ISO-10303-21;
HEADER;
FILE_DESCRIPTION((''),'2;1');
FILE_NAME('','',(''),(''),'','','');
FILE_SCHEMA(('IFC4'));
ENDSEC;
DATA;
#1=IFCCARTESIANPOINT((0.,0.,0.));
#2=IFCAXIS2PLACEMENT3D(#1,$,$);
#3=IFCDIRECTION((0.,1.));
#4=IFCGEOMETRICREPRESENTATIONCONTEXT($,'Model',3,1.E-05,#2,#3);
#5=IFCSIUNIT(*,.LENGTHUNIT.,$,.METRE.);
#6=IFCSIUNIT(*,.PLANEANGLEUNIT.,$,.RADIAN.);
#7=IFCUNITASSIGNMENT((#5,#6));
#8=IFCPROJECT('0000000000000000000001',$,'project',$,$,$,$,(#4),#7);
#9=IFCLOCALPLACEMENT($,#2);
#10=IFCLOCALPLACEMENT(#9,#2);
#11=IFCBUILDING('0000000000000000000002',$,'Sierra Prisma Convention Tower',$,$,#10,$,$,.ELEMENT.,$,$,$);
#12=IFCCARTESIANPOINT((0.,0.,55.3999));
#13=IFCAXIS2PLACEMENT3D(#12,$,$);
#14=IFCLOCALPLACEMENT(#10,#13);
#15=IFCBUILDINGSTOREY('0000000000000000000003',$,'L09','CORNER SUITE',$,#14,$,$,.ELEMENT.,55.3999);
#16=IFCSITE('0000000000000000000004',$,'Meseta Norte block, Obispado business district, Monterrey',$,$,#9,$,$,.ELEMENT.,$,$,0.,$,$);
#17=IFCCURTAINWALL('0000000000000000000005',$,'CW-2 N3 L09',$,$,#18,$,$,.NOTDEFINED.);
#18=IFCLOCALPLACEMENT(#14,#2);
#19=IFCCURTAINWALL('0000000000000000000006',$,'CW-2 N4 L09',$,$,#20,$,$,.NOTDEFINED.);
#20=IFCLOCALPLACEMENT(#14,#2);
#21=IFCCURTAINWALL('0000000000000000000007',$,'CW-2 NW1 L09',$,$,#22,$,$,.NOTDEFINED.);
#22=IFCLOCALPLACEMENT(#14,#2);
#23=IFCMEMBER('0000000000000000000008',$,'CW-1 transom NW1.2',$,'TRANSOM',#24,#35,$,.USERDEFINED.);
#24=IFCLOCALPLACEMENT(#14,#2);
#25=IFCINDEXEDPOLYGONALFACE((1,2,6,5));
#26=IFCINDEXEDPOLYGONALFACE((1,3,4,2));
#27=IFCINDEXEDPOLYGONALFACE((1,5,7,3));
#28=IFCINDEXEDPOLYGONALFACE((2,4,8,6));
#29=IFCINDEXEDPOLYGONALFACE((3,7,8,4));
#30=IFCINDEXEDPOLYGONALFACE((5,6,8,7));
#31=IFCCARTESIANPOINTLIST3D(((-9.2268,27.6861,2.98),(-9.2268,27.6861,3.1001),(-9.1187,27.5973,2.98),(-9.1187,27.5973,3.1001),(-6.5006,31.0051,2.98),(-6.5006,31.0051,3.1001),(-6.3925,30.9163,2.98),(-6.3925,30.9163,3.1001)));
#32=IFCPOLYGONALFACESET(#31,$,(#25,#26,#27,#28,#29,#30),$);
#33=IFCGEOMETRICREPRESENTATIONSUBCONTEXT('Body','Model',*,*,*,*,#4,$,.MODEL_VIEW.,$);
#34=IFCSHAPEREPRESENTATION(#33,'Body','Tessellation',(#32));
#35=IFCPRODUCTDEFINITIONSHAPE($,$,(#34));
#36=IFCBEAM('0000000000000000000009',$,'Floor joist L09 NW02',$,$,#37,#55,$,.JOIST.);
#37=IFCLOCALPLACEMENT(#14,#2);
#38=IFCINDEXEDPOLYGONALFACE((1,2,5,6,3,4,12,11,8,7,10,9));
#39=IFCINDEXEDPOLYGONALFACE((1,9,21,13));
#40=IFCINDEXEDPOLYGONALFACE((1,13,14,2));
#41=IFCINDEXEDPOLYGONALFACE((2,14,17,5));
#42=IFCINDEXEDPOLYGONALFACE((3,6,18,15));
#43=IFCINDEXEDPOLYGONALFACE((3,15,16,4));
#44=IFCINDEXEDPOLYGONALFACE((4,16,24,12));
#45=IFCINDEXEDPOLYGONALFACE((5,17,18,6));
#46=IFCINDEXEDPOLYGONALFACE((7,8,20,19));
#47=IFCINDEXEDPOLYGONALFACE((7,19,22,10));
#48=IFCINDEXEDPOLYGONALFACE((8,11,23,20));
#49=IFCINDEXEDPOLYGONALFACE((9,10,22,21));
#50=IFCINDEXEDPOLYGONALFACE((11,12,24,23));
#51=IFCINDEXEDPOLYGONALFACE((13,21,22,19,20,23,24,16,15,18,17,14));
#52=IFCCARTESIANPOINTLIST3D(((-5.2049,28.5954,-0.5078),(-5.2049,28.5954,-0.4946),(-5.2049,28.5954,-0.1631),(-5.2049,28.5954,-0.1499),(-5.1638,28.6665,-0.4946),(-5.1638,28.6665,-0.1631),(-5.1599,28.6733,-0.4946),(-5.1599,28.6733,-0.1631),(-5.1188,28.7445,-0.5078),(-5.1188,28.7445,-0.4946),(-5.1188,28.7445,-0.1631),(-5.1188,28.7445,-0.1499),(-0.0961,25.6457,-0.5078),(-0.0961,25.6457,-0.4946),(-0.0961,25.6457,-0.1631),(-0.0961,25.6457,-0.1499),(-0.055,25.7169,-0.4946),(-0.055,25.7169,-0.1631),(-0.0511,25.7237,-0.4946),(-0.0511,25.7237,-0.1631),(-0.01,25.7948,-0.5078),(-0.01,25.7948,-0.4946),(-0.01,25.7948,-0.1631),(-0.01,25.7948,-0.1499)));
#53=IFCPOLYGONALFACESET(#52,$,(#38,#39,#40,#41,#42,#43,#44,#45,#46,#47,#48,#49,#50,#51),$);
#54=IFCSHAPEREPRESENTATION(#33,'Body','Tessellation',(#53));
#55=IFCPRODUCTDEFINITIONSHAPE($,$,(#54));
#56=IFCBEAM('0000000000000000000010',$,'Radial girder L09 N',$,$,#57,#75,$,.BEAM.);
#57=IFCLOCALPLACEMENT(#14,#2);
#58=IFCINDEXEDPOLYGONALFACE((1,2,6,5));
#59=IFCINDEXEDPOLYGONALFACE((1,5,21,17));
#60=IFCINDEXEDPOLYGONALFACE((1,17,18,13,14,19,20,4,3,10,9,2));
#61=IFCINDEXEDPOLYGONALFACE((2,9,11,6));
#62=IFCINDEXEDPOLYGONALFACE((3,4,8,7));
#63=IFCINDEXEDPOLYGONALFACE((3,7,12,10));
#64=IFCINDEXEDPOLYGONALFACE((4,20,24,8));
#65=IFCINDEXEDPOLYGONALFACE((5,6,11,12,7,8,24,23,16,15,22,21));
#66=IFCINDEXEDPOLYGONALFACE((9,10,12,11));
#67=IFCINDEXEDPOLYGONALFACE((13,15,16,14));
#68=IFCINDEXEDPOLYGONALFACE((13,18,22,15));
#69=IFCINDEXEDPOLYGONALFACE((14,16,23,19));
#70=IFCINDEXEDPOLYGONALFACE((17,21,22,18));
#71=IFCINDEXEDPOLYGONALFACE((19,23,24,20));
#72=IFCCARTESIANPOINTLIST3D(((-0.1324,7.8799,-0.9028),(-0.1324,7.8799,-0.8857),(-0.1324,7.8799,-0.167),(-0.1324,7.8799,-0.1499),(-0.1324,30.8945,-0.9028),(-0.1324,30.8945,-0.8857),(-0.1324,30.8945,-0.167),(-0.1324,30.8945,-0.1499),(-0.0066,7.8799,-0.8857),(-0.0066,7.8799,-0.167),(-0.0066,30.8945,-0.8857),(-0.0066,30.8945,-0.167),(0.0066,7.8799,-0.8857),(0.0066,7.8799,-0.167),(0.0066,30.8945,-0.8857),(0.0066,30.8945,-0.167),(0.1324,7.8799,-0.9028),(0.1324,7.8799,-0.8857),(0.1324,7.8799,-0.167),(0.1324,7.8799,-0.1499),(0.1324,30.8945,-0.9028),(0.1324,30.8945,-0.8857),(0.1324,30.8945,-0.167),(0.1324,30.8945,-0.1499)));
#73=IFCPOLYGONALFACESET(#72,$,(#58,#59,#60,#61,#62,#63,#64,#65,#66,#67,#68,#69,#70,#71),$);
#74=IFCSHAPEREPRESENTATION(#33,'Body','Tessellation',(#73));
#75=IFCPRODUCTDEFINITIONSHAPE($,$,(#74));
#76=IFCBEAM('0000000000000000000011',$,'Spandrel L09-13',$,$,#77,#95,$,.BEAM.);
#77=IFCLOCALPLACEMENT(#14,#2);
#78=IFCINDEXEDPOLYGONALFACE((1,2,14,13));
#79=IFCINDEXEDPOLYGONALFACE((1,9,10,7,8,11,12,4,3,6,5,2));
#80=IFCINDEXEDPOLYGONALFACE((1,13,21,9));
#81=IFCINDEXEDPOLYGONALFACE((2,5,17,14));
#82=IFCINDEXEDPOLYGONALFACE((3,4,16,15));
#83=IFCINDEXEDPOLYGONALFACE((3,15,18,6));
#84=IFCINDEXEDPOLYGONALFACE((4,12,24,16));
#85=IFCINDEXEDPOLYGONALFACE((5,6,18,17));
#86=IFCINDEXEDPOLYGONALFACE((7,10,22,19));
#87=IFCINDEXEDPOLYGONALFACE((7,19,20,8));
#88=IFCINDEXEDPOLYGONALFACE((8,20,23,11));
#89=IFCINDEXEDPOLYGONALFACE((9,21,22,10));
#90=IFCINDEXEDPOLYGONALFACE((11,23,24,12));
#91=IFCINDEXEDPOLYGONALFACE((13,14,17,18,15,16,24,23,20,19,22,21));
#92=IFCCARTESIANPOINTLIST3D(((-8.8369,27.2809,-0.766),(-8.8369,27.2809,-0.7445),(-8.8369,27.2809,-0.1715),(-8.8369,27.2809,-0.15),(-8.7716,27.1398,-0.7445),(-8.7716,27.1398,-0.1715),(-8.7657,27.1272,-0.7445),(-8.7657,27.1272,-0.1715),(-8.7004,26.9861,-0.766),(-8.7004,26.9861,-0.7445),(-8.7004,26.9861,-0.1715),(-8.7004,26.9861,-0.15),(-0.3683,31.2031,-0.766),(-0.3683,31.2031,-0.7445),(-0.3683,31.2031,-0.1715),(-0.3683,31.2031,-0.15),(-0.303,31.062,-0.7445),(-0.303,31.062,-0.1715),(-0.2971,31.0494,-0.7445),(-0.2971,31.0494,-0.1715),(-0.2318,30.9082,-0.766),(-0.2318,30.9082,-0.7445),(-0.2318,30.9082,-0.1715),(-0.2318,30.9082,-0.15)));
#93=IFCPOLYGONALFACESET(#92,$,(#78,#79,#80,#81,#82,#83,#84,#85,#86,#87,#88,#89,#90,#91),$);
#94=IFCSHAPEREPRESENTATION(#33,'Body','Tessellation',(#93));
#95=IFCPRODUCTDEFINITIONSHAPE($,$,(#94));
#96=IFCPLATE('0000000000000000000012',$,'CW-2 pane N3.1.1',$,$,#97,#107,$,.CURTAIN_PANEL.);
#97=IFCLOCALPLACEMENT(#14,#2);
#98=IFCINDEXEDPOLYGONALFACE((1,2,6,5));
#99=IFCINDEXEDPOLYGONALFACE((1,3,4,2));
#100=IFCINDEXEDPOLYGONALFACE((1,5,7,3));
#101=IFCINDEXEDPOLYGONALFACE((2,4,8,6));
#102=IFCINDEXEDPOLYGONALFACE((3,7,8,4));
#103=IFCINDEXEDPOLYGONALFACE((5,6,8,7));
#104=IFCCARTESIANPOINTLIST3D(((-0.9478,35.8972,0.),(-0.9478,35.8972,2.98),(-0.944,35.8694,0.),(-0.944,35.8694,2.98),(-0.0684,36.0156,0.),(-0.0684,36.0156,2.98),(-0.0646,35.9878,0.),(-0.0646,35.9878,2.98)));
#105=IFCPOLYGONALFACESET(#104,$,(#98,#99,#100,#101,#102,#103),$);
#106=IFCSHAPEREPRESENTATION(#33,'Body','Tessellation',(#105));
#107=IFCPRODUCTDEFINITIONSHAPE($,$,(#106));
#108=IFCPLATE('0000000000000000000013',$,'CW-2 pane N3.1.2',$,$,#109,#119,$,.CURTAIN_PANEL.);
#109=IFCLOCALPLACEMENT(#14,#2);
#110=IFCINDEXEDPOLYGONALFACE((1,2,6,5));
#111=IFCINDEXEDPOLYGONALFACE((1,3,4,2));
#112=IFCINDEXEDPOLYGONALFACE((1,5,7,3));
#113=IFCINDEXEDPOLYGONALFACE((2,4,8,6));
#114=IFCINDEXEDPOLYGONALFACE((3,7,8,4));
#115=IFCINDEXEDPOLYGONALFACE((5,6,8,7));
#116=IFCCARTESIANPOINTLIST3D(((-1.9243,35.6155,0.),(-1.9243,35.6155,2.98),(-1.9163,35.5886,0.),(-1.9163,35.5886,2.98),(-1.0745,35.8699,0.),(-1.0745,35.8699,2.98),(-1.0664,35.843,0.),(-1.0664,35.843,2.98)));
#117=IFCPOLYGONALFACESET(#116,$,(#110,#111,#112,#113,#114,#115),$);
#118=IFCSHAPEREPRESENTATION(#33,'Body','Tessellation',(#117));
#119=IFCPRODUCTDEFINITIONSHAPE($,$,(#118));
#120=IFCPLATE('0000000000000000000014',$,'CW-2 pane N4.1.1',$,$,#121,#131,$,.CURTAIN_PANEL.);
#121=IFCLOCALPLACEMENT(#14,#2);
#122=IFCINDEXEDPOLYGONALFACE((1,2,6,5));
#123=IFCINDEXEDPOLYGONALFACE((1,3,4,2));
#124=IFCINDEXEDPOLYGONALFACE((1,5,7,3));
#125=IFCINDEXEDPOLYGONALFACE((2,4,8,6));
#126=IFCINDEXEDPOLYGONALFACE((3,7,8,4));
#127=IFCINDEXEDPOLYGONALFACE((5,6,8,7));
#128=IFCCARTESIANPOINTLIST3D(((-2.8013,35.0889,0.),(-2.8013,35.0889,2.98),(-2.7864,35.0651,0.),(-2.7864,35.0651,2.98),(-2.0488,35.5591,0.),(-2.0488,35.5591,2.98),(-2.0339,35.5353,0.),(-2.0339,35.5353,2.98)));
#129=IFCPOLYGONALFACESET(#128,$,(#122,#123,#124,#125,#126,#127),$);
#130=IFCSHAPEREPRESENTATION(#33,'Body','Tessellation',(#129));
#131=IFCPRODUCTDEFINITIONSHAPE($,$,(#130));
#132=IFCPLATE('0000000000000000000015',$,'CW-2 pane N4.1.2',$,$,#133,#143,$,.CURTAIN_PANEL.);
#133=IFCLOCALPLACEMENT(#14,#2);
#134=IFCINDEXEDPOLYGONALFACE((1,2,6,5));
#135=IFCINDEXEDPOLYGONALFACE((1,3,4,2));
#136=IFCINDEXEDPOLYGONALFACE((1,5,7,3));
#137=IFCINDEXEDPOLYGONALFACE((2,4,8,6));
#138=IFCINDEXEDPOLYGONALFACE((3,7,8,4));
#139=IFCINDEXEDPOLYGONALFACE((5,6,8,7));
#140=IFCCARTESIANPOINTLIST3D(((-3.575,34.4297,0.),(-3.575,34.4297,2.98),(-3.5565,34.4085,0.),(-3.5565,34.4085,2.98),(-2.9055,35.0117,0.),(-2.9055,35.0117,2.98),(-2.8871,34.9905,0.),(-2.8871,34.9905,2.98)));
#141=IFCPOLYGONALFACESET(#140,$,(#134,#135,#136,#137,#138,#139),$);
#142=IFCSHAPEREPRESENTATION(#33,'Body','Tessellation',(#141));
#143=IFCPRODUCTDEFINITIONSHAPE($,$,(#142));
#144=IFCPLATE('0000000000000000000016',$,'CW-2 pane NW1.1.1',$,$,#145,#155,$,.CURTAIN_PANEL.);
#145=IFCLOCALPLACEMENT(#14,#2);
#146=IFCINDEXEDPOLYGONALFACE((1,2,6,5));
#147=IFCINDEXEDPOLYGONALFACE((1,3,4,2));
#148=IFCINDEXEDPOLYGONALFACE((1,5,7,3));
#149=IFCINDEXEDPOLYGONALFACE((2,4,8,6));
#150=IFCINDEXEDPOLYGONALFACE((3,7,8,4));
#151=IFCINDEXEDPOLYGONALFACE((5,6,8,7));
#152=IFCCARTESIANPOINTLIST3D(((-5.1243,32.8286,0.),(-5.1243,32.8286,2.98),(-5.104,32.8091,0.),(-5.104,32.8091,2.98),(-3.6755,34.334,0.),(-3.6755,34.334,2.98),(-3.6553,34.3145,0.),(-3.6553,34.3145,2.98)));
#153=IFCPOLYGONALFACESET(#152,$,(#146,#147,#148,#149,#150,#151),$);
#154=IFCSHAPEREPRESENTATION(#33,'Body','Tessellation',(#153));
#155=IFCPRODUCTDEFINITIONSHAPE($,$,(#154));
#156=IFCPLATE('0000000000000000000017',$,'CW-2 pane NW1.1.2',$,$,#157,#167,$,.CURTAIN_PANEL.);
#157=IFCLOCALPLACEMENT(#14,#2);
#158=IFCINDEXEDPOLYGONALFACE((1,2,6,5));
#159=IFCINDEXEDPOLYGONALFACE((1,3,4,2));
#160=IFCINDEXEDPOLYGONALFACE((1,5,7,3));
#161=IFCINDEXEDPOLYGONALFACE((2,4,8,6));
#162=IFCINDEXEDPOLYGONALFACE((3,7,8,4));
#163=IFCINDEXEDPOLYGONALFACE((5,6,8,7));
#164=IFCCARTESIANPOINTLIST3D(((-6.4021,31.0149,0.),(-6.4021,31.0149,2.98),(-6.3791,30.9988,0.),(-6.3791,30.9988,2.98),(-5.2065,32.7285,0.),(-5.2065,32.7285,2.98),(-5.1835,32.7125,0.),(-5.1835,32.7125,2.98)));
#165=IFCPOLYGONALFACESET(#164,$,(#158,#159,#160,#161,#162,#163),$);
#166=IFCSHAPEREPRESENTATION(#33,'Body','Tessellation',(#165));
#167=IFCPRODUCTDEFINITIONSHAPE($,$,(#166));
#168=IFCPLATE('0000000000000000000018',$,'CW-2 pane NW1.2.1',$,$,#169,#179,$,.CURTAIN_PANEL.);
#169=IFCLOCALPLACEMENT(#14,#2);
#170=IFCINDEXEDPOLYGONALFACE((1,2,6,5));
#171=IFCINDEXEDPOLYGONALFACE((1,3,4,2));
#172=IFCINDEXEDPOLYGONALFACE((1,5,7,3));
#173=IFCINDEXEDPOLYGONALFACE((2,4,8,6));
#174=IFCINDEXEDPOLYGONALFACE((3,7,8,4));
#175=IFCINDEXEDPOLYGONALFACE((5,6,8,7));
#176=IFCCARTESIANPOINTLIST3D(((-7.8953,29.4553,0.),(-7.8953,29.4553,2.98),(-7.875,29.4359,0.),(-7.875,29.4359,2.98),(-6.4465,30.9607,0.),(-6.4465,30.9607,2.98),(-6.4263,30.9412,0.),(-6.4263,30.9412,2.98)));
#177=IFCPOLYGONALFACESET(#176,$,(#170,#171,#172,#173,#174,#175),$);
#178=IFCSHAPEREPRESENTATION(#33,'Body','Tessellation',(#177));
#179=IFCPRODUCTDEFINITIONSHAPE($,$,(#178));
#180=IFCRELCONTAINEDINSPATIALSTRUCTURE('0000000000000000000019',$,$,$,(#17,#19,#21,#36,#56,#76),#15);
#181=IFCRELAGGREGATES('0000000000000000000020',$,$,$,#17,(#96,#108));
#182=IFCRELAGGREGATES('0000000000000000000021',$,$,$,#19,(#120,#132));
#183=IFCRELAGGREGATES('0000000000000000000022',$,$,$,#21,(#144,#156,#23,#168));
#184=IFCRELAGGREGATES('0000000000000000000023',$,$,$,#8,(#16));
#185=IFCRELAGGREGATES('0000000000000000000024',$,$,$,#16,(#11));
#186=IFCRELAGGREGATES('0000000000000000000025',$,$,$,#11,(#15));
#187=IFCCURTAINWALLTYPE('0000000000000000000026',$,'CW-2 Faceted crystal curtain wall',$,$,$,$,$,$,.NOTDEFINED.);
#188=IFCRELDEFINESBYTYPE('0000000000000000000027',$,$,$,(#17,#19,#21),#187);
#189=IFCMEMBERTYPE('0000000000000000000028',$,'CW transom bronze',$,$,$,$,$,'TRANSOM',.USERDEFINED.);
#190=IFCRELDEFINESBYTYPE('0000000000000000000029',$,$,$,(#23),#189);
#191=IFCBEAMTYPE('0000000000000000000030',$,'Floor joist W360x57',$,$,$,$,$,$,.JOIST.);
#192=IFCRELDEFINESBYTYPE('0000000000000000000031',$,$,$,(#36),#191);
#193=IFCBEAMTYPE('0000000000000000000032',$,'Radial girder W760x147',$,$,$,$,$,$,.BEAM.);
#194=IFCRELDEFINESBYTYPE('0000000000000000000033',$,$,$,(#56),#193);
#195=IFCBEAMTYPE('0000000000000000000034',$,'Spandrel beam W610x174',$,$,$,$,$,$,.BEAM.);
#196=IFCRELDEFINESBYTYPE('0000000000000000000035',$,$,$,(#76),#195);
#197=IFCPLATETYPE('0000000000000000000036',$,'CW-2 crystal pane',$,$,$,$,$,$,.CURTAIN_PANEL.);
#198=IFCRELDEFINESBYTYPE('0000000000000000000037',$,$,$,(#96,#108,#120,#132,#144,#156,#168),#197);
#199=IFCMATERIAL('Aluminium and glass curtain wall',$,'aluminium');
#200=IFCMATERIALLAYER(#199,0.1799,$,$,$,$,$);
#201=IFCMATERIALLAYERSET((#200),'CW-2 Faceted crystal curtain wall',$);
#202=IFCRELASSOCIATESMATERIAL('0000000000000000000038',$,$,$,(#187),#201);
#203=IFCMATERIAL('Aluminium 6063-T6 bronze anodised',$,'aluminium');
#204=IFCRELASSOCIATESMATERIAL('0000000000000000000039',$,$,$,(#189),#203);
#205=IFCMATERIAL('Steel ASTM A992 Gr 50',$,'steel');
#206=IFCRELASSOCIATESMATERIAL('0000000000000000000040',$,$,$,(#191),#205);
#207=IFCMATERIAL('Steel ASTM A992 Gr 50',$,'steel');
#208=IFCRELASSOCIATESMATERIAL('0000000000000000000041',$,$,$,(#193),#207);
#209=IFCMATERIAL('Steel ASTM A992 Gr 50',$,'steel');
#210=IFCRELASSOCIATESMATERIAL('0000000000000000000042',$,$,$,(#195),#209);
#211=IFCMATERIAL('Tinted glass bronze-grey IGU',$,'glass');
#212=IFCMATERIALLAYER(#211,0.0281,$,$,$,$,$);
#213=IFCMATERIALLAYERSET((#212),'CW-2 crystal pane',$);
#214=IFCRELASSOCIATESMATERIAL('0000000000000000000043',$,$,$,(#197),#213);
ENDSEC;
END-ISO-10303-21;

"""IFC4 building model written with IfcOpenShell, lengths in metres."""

from ifc_helpers import new_model, si_unit, direction, frame, origin, origin_2d, place, context, subcontext, project, spatial, polyline, rectangle, i_section, outline, extrude, material, layer, layer_set, material_profile, profile_set, type_object, element, aggregate, save


model = new_model("IFC4")

# Units and contexts
model_context = context("Model", 3, precision=1e-05, world=origin(), true_north=direction((0.0, 1.0)))
body_context = subcontext(model_context, "Body", "Model", "MODEL_VIEW")
ifc_project = project(units=[si_unit("LENGTHUNIT", "METRE"), si_unit("PLANEANGLEUNIT", "RADIAN")], contexts=[model_context])

# Site, building, storey
site_placement = place(None, origin())
site = spatial("IfcSite", under=ifc_project, at=site_placement, Name="Meseta Norte block, Obispado business district, Monterrey", CompositionType="ELEMENT", RefElevation=0.0)
building_placement = place(site_placement, origin())
building = spatial("IfcBuilding", under=site, at=building_placement, Name="Sierra Prisma Convention Tower", CompositionType="ELEMENT")
storey_placement = place(building_placement, frame((0.0, 0.0, 55.3999)))
storey = spatial("IfcBuildingStorey", under=building, at=storey_placement, Name="L09", Description="CORNER SUITE", CompositionType="ELEMENT", Elevation=55.3999)

# Curtain walls
ifc_material_1 = material(Name="Aluminium and glass curtain wall", Category="aluminium")
ifc_layer_1 = layer(ifc_material_1, 0.1799)
ifc_layer_set_1 = layer_set([ifc_layer_1], Name="CW-2 Faceted crystal curtain wall")
curtain_wall_type = type_object("IfcCurtainWallType", Name="CW-2 Faceted crystal curtain wall", PredefinedType="NOTDEFINED", material=ifc_layer_set_1)
curtain_wall_1_placement = place(storey_placement, origin())
curtain_wall_1 = element("IfcCurtainWall", 1, at=curtain_wall_1_placement, inside=storey, type_object=curtain_wall_type, Name="CW-2 N3 L09", PredefinedType="NOTDEFINED")
curtain_wall_2_placement = place(storey_placement, origin())
curtain_wall_2 = element("IfcCurtainWall", 2, at=curtain_wall_2_placement, inside=storey, type_object=curtain_wall_type, Name="CW-2 N4 L09", PredefinedType="NOTDEFINED")

# Curtain wall
curtain_wall_3_placement = place(storey_placement, origin())
curtain_wall_3 = element("IfcCurtainWall", 3, at=curtain_wall_3_placement, inside=storey, type_object=curtain_wall_type, Name="CW-2 NW1 L09", PredefinedType="NOTDEFINED")

# Member
ifc_material_2 = material(Name="Aluminium 6063-T6 bronze anodised", Category="aluminium")
ifc_material_profile_1 = material_profile(ifc_material_2, rectangle(XDim=0.1399, YDim=0.1201, at=origin_2d()), Name="ALU TRANSOM 120x140")
ifc_profile_set_1 = profile_set([ifc_material_profile_1], Name="Aluminium 6063-T6 bronze anodised")
member_type_1 = type_object("IfcMemberType", Name="CW transom bronze", ElementType="TRANSOM", PredefinedType="USERDEFINED", material=ifc_profile_set_1)
member_1_placement = place(storey_placement, frame((-6.4465, 30.9607, 3.04), z_axis=(-0.634729, -0.772735, 0.0), x_axis=(0.772735, -0.634729, 0.0)))
member_1 = element("IfcMember", 4, at=member_1_placement, type_object=member_type_1, Name="CW-1 transom NW1.2", ObjectType="TRANSOM", PredefinedType="USERDEFINED", context=body_context, shape_type="SweptSolid", body=[
    extrude(rectangle(XDim=0.1399, YDim=0.1201, at=origin_2d()), origin(), (0.0, 0.0, 1.0), 4.2952),
])

# Beams
ifc_material_3 = material(Name="Steel ASTM A992 Gr 50", Category="steel")
ifc_material_profile_2 = material_profile(ifc_material_3, i_section(OverallWidth=0.1721, OverallDepth=0.3579, WebThickness=0.0078, FlangeThickness=0.0132, at=origin_2d()), Name="W360x57")
ifc_profile_set_2 = profile_set([ifc_material_profile_2], Name="Steel ASTM A992 Gr 50")
beam_type_1 = type_object("IfcBeamType", Name="Floor joist W360x57", PredefinedType="JOIST", material=ifc_profile_set_2)
beam_1_placement = place(storey_placement, frame((-5.1619, 28.6699, -0.3289), z_axis=(0.866019, -0.500011, 0.0), x_axis=(0.500011, 0.866019, 0.0)))
element("IfcBeam", 5, at=beam_1_placement, inside=storey, type_object=beam_type_1, Name="Floor joist L09 NW02", PredefinedType="JOIST", context=body_context, shape_type="SweptSolid", body=[
    extrude(i_section(OverallWidth=0.1721, OverallDepth=0.3579, WebThickness=0.0078, FlangeThickness=0.0132, at=origin_2d()), origin(), (0.0, 0.0, 1.0), 5.8992),
])
ifc_material_4 = material(Name="Steel ASTM A992 Gr 50", Category="steel")
ifc_material_profile_3 = material_profile(ifc_material_4, i_section(OverallWidth=0.2649, OverallDepth=0.7529, WebThickness=0.0132, FlangeThickness=0.0171, at=origin_2d()), Name="W760x147")
ifc_profile_set_3 = profile_set([ifc_material_profile_3], Name="Steel ASTM A992 Gr 50")
beam_type_2 = type_object("IfcBeamType", Name="Radial girder W760x147", PredefinedType="BEAM", material=ifc_profile_set_3)
beam_2_placement = place(storey_placement, frame((0.0, 30.8945, -0.5264), z_axis=(0.0, -1.0, 0.0), x_axis=(1.0, 0.0, 0.0)))
element("IfcBeam", 6, at=beam_2_placement, inside=storey, type_object=beam_type_2, Name="Radial girder L09 N", PredefinedType="BEAM", context=body_context, shape_type="SweptSolid", body=[
    extrude(i_section(OverallWidth=0.2649, OverallDepth=0.7529, WebThickness=0.0132, FlangeThickness=0.0171, at=origin_2d()), origin(), (0.0, 0.0, 1.0), 23.0146),
])
ifc_material_5 = material(Name="Steel ASTM A992 Gr 50", Category="steel")
ifc_material_profile_4 = material_profile(ifc_material_5, i_section(OverallWidth=0.325, OverallDepth=0.616, WebThickness=0.0139, FlangeThickness=0.0215, at=origin_2d()), Name="W610x174")
ifc_profile_set_4 = profile_set([ifc_material_profile_4], Name="Steel ASTM A992 Gr 50")
beam_type_3 = type_object("IfcBeamType", Name="Spandrel beam W610x174", PredefinedType="BEAM", material=ifc_profile_set_4)
beam_3_placement = place(storey_placement, frame((-0.3, 31.0557, -0.458), z_axis=(-0.907405, -0.420257, 0.0), x_axis=(0.420257, -0.907405, 0.0)))
element("IfcBeam", 7, at=beam_3_placement, inside=storey, type_object=beam_type_3, Name="Spandrel L09-13", PredefinedType="BEAM", context=body_context, shape_type="SweptSolid", body=[
    extrude(i_section(OverallWidth=0.325, OverallDepth=0.616, WebThickness=0.0139, FlangeThickness=0.0215, at=origin_2d()), origin(), (0.0, 0.0, 1.0), 9.3328),
])

# Plates
ifc_material_6 = material(Name="Tinted glass bronze-grey IGU", Category="glass")
ifc_layer_2 = layer(ifc_material_6, 0.0281)
ifc_layer_set_2 = layer_set([ifc_layer_2], Name="CW-2 crystal pane")
plate_type = type_object("IfcPlateType", Name="CW-2 crystal pane", PredefinedType="CURTAIN_PANEL", material=ifc_layer_set_2)
plate_1_placement = place(storey_placement, frame((-0.0684, 36.0156, 0.0), z_axis=(-0.133443, 0.991056, 0.0), x_axis=(-0.991056, -0.133443, 0.0)))
plate_1 = element("IfcPlate", 8, at=plate_1_placement, type_object=plate_type, Name="CW-2 pane N3.1.1", PredefinedType="CURTAIN_PANEL", context=body_context, shape_type="SweptSolid", body=[
    extrude(outline(polyline([(0.0, 0.0), (0.8873, 0.0), (0.8873, 2.98), (0.0, 2.98), (0.0, 0.0)])), origin(), (0.0, 0.0, -1.0), 0.0281),
])
plate_2_placement = place(storey_placement, frame((-1.9243, 35.6155, 0.0), z_axis=(-0.286767, 0.958, 0.0), x_axis=(0.958, 0.286767, 0.0)))
plate_2 = element("IfcPlate", 9, at=plate_2_placement, type_object=plate_type, Name="CW-2 pane N3.1.2", PredefinedType="CURTAIN_PANEL", context=body_context, shape_type="SweptSolid", body=[
    extrude(outline(polyline([(0.0, 0.0), (0.8871, 0.0), (0.8871, -2.98), (0.0, -2.98), (0.0, 0.0)])), origin(), (0.0, 0.0, -1.0), 0.0281),
])
aggregate(curtain_wall_1, [plate_1, plate_2])
plate_3_placement = place(storey_placement, frame((-2.0488, 35.5591, 0.0), z_axis=(-0.529949, 0.848029, 0.0), x_axis=(-0.848029, -0.529949, 0.0)))
plate_3 = element("IfcPlate", 10, at=plate_3_placement, type_object=plate_type, Name="CW-2 pane N4.1.1", PredefinedType="CURTAIN_PANEL", context=body_context, shape_type="SweptSolid", body=[
    extrude(outline(polyline([(0.0, 0.0), (0.8873, 0.0), (0.8873, 2.98), (0.0, 2.98), (0.0, 0.0)])), origin(), (0.0, 0.0, -1.0), 0.0281),
])
plate_4_placement = place(storey_placement, frame((-3.575, 34.4297, 0.0), z_axis=(-0.656124, 0.754653, 0.0), x_axis=(0.754653, 0.656124, 0.0)))
plate_4 = element("IfcPlate", 11, at=plate_4_placement, type_object=plate_type, Name="CW-2 pane N4.1.2", PredefinedType="CURTAIN_PANEL", context=body_context, shape_type="SweptSolid", body=[
    extrude(outline(polyline([(0.0, 0.0), (0.8871, 0.0), (0.8871, -2.98), (0.0, -2.98), (0.0, 0.0)])), origin(), (0.0, 0.0, -1.0), 0.0281),
])
aggregate(curtain_wall_2, [plate_3, plate_4])
plate_5_placement = place(storey_placement, frame((-3.6755, 34.334, 0.0), z_axis=(-0.720532, 0.693422, 0.0), x_axis=(-0.693422, -0.720532, 0.0)))
plate_5 = element("IfcPlate", 12, at=plate_5_placement, type_object=plate_type, Name="CW-2 pane NW1.1.1", PredefinedType="CURTAIN_PANEL", context=body_context, shape_type="SweptSolid", body=[
    extrude(outline(polyline([(0.0, 0.0), (2.0892, 0.0), (2.0892, 2.98), (0.0, 2.98), (0.0, 0.0)])), origin(), (0.0, 0.0, -1.0), 0.0281),
])
plate_6_placement = place(storey_placement, frame((-6.4021, 31.0149, 0.0), z_axis=(-0.820126, 0.572183, 0.0), x_axis=(0.572183, 0.820126, 0.0)))
plate_6 = element("IfcPlate", 13, at=plate_6_placement, type_object=plate_type, Name="CW-2 pane NW1.1.2", PredefinedType="CURTAIN_PANEL", context=body_context, shape_type="SweptSolid", body=[
    extrude(outline(polyline([(0.0, 0.0), (2.0895, 0.0), (2.0895, -2.98), (0.0, -2.98), (0.0, 0.0)])), origin(), (0.0, 0.0, -1.0), 0.0281),
])
plate_7_placement = place(storey_placement, frame((-6.4465, 30.9607, 0.0), z_axis=(-0.720532, 0.693422, 0.0), x_axis=(-0.693422, -0.720532, 0.0)))
plate_7 = element("IfcPlate", 14, at=plate_7_placement, type_object=plate_type, Name="CW-2 pane NW1.2.1", PredefinedType="CURTAIN_PANEL", context=body_context, shape_type="SweptSolid", body=[
    extrude(outline(polyline([(0.0, 0.0), (2.0892, 0.0), (2.0892, 2.98), (0.0, 2.98), (0.0, 0.0)])), origin(), (0.0, 0.0, -1.0), 0.0281),
])
aggregate(curtain_wall_3, [plate_5, plate_6, member_1, plate_7])

save(model, "model.ifc")
